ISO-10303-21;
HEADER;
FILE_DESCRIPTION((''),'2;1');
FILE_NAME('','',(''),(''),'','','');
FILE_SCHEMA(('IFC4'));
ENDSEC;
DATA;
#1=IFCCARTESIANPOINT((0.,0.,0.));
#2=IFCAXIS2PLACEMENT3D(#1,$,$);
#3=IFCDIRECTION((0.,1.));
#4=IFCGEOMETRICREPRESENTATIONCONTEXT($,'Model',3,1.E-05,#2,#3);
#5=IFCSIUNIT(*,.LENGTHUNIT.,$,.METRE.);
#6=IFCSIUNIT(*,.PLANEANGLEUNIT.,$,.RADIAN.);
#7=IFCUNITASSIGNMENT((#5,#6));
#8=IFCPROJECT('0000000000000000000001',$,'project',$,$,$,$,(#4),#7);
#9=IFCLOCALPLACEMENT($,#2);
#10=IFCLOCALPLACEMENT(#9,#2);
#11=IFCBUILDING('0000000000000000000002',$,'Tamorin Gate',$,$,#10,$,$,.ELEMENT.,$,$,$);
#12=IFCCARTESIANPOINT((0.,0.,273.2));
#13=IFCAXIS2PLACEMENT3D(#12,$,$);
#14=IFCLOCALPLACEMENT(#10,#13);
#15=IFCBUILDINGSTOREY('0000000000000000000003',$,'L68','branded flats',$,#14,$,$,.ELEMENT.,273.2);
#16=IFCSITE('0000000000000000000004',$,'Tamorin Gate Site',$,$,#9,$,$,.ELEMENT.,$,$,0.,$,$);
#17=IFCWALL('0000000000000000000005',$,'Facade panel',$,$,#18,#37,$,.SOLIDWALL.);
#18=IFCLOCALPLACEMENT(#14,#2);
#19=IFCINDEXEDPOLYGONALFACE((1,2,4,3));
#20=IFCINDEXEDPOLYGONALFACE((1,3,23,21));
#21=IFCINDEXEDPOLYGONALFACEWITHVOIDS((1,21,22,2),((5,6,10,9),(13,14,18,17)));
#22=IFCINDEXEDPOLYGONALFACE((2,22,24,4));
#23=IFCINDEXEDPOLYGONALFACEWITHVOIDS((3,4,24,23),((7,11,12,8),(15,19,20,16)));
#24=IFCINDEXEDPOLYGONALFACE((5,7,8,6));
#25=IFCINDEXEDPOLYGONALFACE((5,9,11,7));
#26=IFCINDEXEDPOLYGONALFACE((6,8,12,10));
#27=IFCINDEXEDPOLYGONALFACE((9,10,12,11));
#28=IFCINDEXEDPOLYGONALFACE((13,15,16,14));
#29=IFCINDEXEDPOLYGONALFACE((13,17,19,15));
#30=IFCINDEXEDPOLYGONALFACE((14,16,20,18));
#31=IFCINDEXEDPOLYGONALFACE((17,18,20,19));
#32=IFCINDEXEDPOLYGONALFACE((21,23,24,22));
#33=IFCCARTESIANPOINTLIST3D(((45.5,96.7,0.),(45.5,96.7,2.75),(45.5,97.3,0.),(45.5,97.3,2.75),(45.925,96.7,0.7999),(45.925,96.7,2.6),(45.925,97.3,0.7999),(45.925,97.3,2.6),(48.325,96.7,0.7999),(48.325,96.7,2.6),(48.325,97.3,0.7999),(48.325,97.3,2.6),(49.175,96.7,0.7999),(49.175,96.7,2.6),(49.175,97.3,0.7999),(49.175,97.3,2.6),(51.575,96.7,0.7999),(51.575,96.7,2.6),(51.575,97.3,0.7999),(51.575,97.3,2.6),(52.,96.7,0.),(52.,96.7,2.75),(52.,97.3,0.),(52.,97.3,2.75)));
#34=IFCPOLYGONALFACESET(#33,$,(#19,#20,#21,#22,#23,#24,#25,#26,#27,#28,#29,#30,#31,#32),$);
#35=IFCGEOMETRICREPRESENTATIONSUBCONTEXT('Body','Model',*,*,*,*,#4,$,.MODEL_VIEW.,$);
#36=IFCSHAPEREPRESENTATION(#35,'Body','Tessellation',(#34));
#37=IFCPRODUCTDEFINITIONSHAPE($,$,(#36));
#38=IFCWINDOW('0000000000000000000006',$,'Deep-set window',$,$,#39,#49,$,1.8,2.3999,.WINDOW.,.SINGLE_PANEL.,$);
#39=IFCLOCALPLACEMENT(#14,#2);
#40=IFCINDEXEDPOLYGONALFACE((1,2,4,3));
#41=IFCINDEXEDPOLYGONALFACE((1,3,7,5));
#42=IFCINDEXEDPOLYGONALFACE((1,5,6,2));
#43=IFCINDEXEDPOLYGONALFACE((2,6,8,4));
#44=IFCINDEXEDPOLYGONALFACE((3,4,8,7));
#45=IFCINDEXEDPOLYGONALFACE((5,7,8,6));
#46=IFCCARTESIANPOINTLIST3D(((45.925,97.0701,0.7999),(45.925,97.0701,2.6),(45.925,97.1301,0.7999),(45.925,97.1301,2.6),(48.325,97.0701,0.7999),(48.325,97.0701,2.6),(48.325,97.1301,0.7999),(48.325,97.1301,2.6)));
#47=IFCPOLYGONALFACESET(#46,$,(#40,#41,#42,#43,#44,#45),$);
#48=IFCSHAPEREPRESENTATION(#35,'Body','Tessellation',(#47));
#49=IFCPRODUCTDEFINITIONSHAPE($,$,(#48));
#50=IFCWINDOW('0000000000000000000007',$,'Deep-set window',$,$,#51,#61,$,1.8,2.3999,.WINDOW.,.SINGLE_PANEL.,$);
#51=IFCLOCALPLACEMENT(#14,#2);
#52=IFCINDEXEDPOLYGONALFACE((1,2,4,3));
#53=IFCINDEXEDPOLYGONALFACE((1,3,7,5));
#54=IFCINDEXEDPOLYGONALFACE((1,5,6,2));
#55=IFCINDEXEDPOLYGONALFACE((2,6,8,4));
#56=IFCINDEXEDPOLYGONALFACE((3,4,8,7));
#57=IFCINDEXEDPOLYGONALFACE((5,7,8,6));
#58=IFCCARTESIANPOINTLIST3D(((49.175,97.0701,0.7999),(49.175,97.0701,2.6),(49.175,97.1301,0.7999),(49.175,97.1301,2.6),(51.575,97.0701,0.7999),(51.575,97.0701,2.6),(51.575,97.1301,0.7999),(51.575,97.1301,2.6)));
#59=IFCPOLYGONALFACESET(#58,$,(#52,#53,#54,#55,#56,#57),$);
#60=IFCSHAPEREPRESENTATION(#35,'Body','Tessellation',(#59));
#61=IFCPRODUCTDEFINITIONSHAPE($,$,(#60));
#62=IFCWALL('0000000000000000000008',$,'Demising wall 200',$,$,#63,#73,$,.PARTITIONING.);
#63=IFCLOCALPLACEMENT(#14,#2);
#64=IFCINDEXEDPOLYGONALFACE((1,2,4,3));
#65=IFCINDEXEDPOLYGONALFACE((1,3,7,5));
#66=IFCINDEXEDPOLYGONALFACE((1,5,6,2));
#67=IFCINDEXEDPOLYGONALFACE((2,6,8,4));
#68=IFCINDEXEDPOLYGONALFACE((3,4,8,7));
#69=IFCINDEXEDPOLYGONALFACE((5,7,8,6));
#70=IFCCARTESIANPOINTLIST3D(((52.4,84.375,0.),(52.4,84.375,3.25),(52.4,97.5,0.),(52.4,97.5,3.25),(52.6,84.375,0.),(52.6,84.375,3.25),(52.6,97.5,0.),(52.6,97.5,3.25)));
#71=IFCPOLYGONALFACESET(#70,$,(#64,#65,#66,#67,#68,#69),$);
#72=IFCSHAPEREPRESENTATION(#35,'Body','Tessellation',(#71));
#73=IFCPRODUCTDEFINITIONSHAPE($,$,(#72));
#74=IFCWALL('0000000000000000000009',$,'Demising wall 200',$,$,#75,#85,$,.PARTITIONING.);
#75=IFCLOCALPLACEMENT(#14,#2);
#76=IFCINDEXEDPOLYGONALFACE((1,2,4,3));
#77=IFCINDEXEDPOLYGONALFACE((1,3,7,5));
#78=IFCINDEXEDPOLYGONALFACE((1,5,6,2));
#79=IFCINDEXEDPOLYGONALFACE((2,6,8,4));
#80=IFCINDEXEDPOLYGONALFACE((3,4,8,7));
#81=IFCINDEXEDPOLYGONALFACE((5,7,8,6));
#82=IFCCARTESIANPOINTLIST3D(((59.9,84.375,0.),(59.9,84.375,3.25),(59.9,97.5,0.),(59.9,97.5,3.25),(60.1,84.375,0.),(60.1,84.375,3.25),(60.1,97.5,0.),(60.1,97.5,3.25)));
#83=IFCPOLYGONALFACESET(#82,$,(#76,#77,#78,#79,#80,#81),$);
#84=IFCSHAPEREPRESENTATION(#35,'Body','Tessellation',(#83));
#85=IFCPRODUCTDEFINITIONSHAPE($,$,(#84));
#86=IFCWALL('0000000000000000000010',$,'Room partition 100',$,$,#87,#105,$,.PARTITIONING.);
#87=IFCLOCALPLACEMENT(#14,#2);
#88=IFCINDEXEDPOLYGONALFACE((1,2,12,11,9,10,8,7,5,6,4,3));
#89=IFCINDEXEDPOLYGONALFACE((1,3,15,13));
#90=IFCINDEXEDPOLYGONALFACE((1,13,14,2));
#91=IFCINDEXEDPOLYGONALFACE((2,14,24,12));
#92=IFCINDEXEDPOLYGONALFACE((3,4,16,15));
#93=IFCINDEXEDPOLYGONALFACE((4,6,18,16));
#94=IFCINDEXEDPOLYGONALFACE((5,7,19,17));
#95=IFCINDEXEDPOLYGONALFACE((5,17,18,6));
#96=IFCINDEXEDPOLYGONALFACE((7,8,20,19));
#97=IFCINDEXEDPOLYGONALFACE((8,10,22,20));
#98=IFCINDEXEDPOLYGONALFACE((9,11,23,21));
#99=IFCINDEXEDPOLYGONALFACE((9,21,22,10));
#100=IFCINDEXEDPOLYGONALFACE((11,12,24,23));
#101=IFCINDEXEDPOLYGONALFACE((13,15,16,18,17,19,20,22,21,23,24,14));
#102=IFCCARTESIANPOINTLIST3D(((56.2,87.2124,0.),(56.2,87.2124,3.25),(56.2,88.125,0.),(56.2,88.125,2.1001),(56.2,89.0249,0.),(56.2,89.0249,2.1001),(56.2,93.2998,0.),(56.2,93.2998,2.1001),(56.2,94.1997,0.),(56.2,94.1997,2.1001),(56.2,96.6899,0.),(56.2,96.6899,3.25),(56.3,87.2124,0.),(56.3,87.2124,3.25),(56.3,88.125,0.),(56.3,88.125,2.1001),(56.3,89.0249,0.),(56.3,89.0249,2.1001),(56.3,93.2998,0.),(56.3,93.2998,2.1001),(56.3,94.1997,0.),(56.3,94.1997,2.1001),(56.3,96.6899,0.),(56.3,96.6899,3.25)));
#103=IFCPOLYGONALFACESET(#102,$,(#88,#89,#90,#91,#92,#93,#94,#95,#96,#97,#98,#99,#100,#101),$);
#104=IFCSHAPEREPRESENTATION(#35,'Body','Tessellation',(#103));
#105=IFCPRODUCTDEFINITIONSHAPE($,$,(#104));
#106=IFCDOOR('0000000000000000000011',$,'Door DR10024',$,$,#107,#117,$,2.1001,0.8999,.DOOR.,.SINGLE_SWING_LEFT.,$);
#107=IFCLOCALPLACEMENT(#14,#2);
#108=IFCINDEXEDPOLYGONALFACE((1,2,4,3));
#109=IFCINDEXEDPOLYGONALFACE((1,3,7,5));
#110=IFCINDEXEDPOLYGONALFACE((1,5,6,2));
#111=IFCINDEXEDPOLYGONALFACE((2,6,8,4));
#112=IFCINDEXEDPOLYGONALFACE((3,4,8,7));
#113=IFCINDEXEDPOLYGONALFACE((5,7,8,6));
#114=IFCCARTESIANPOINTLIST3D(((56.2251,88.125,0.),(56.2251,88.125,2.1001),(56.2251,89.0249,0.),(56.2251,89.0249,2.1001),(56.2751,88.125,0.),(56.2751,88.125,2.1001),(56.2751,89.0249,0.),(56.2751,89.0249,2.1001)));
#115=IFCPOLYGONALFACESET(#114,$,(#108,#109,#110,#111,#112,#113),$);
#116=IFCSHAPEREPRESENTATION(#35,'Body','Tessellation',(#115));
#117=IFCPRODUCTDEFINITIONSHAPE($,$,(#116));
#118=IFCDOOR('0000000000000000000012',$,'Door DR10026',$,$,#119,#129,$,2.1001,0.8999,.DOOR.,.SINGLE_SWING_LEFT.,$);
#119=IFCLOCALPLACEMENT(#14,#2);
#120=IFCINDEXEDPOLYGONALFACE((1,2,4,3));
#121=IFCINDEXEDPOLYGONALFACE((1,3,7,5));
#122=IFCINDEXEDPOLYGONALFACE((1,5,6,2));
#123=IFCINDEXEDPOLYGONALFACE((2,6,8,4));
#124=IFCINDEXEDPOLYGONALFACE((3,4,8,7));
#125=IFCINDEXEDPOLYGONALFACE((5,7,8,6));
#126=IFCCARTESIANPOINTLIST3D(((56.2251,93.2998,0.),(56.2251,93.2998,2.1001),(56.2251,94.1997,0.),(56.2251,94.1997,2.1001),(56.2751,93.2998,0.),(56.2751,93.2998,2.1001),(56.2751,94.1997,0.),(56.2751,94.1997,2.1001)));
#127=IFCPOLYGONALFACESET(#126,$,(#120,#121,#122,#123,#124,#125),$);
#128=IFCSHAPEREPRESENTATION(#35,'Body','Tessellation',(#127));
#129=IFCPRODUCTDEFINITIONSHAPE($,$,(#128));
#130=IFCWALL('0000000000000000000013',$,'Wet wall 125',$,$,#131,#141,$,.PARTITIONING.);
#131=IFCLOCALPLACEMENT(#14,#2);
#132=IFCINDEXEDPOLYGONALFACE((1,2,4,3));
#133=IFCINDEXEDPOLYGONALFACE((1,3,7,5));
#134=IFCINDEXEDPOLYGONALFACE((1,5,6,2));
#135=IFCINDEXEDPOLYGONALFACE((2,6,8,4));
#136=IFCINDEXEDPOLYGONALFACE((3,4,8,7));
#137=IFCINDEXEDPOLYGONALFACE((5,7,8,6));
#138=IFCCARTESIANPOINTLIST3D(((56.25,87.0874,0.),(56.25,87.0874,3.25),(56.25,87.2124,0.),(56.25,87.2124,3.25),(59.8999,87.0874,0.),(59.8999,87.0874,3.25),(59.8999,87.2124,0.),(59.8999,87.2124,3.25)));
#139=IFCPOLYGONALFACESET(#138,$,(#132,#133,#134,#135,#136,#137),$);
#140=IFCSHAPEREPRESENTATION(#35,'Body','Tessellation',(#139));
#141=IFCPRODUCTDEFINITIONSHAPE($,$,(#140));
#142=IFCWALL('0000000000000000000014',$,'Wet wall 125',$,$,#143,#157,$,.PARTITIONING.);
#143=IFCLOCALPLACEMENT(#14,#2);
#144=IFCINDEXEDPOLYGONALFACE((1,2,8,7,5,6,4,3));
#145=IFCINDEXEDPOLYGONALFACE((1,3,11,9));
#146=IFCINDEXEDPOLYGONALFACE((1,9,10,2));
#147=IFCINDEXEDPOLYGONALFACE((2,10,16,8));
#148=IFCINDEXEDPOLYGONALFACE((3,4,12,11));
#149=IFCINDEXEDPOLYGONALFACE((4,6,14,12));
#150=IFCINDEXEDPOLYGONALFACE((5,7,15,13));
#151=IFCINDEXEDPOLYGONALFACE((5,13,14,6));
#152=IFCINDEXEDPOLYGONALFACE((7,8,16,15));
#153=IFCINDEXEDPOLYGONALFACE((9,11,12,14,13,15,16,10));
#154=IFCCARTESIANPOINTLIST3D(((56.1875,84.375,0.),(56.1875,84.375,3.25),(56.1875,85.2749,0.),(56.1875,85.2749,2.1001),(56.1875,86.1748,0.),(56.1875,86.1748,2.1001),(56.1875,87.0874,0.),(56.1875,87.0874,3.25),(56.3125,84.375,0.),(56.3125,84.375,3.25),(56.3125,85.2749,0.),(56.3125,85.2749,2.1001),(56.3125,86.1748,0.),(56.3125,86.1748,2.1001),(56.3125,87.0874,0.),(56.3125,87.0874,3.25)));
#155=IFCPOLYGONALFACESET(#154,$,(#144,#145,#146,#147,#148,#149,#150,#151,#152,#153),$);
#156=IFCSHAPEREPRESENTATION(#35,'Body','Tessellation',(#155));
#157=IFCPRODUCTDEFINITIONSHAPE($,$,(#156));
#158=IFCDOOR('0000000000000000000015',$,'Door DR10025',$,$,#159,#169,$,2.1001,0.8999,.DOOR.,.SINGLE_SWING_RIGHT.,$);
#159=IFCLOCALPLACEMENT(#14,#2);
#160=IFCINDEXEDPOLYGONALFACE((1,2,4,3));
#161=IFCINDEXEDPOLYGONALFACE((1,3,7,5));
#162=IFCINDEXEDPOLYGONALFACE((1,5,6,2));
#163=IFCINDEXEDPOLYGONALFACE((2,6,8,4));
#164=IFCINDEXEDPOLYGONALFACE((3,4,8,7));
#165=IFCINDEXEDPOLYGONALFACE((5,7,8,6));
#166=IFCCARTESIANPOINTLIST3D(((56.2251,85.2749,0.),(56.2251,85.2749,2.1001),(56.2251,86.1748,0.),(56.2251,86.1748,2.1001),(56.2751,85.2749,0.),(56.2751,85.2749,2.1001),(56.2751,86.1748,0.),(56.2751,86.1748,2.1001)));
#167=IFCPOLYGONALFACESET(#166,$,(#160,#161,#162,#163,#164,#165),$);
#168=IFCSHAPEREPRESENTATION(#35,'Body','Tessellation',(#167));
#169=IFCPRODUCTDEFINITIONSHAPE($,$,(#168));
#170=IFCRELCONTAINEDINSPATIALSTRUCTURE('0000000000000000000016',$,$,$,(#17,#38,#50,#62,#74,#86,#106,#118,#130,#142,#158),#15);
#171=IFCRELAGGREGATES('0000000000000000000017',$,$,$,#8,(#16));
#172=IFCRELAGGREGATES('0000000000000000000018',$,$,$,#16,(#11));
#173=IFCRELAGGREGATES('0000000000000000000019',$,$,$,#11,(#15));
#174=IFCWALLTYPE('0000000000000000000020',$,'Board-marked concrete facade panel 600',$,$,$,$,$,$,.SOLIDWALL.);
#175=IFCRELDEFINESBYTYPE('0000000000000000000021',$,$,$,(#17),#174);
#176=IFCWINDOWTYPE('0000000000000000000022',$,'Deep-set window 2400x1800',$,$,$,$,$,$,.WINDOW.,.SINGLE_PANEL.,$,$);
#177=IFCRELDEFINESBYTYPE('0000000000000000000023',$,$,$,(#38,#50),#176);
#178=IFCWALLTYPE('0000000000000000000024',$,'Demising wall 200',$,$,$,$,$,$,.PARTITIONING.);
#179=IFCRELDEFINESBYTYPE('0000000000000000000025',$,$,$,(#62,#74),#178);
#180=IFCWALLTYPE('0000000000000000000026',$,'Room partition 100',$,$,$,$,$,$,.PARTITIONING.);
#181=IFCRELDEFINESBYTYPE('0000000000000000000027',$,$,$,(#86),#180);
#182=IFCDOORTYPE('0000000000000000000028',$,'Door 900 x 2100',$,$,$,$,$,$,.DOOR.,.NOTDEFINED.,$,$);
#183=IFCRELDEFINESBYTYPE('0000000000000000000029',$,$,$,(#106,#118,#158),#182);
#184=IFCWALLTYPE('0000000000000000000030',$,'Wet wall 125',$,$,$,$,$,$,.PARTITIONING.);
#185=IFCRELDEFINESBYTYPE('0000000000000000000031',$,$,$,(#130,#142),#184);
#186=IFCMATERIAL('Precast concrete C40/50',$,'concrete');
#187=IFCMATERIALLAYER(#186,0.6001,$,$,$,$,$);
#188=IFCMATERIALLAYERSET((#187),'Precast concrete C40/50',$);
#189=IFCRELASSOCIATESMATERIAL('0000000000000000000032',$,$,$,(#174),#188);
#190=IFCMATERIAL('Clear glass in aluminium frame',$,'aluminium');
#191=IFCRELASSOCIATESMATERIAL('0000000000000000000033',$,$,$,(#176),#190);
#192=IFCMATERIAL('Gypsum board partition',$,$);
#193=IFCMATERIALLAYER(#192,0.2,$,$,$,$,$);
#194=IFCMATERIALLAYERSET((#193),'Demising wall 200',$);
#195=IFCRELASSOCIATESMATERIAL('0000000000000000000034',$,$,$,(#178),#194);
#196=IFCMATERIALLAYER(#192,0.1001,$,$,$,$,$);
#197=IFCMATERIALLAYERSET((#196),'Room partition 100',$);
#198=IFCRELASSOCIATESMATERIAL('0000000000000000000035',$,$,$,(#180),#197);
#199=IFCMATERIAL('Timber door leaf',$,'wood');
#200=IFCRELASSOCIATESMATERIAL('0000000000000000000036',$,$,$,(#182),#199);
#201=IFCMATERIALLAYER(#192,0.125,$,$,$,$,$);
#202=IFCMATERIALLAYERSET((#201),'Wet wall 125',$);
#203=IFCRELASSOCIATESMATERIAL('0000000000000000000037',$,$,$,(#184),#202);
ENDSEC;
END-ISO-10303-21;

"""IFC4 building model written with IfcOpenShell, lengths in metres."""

from ifc_helpers import new_model, si_unit, direction, frame, frame_2d, origin, place, context, subcontext, project, spatial, rectangle, extrude, material, layer, layer_set, type_object, element, fill, save


model = new_model("IFC4")

# Units and contexts
model_context = context("Model", 3, precision=1e-05, world=origin(), true_north=direction((0.0, 1.0)))
body_context = subcontext(model_context, "Body", "Model", "MODEL_VIEW")
ifc_project = project(units=[si_unit("LENGTHUNIT", "METRE"), si_unit("PLANEANGLEUNIT", "RADIAN")], contexts=[model_context])

# Site, building, storey
site_placement = place(None, origin())
site = spatial("IfcSite", under=ifc_project, at=site_placement, Name="Tamorin Gate Site", CompositionType="ELEMENT", RefElevation=0.0)
building_placement = place(site_placement, origin())
building = spatial("IfcBuilding", under=site, at=building_placement, Name="Tamorin Gate", CompositionType="ELEMENT")
storey_placement = place(building_placement, frame((0.0, 0.0, 273.2)))
storey = spatial("IfcBuildingStorey", under=building, at=storey_placement, Name="L68", Description="branded flats", CompositionType="ELEMENT", Elevation=273.2)

# Wall, openings, windows
ifc_material_1 = material(Name="Precast concrete C40/50", Category="concrete")
ifc_layer_1 = layer(ifc_material_1, 0.6001)
ifc_layer_set_1 = layer_set([ifc_layer_1], Name="Precast concrete C40/50")
wall_type_1 = type_object("IfcWallType", Name="Board-marked concrete facade panel 600", PredefinedType="SOLIDWALL", material=ifc_layer_set_1)
ifc_material_2 = material(Name="Clear glass in aluminium frame", Category="aluminium")
window_type = type_object("IfcWindowType", Name="Deep-set window 2400x1800", PartitioningType="SINGLE_PANEL", PredefinedType="WINDOW", material=ifc_material_2)
wall_1_placement = place(storey_placement, frame((52.0, 97.0, 0.0), z_axis=(0.0, 0.0, 1.0), x_axis=(-1.0, 0.0, 0.0)))
wall_1 = element("IfcWall", 1, at=wall_1_placement, inside=storey, type_object=wall_type_1, Name="Facade panel", PredefinedType="SOLIDWALL", context=body_context, shape_type="SweptSolid", body=[
    extrude(rectangle(XDim=6.5, YDim=0.6001, at=frame_2d((3.25, 0.0))), origin(), (0.0, 0.0, 1.0), 2.75),
])
opening_1_placement = place(wall_1_placement, frame((3.675, 0.0, 0.8)))
opening_1 = element("IfcOpeningElement", 2, at=opening_1_placement, cuts=wall_1, PredefinedType="OPENING", context=body_context, shape_type="SweptSolid", body=[
    extrude(rectangle(XDim=2.3999, YDim=1.8, at=frame_2d((1.2, 0.8999))), frame((0.0, 0.3101, 0.0), z_axis=(0.0, -1.0, 0.0), x_axis=(1.0, 0.0, 0.0)), (0.0, 0.0, 1.0), 0.6201),
])
opening_2_placement = place(wall_1_placement, frame((0.425, 0.0, 0.8)))
opening_2 = element("IfcOpeningElement", 3, at=opening_2_placement, cuts=wall_1, PredefinedType="OPENING", context=body_context, shape_type="SweptSolid", body=[
    extrude(rectangle(XDim=2.3999, YDim=1.8, at=frame_2d((1.2, 0.8999))), frame((0.0, 0.3101, 0.0), z_axis=(0.0, -1.0, 0.0), x_axis=(1.0, 0.0, 0.0)), (0.0, 0.0, 1.0), 0.6201),
])
window_1_placement = place(opening_1_placement, origin())
window_1 = element("IfcWindow", 4, at=window_1_placement, inside=storey, type_object=window_type, Name="Deep-set window", OverallHeight=1.8, OverallWidth=2.3999, PartitioningType="SINGLE_PANEL", PredefinedType="WINDOW", context=body_context, shape_type="SweptSolid", body=[
    extrude(rectangle(XDim=2.3999, YDim=1.8, at=frame_2d((1.2, 0.8999))), frame((0.0, -0.0701, 0.0), z_axis=(0.0, -1.0, 0.0), x_axis=(1.0, 0.0, 0.0)), (0.0, 0.0, 1.0), 0.0601),
])
fill(opening_1, window_1)
window_2_placement = place(opening_2_placement, origin())
window_2 = element("IfcWindow", 5, at=window_2_placement, inside=storey, type_object=window_type, Name="Deep-set window", OverallHeight=1.8, OverallWidth=2.3999, PartitioningType="SINGLE_PANEL", PredefinedType="WINDOW", context=body_context, shape_type="SweptSolid", body=[
    extrude(rectangle(XDim=2.3999, YDim=1.8, at=frame_2d((1.2, 0.8999))), frame((0.0, -0.0701, 0.0), z_axis=(0.0, -1.0, 0.0), x_axis=(1.0, 0.0, 0.0)), (0.0, 0.0, 1.0), 0.0601),
])
fill(opening_2, window_2)

# Walls
ifc_material_3 = material(Name="Gypsum board partition")
ifc_layer_2 = layer(ifc_material_3, 0.2)
ifc_layer_set_2 = layer_set([ifc_layer_2], Name="Demising wall 200")
wall_type_2 = type_object("IfcWallType", Name="Demising wall 200", PredefinedType="PARTITIONING", material=ifc_layer_set_2)
for number, where, z_axis, x_axis, name in (
    (6, (52.5, 84.375, 0.0), (0.0, 0.0, 1.0), (0.0, 1.0, 0.0), "Demising wall 200"),
    (7, (60.0, 84.375, 0.0), (0.0, 0.0, 1.0), (0.0, 1.0, 0.0), "Demising wall 200"),
):
    element("IfcWall", number, at=place(storey_placement, frame(where, z_axis=z_axis, x_axis=x_axis)), inside=storey, type_object=wall_type_2, Name=name, PredefinedType="PARTITIONING", context=body_context, shape_type="SweptSolid", body=[
        extrude(rectangle(XDim=13.125, YDim=0.2, at=frame_2d((6.5625, 0.0))), origin(), (0.0, 0.0, 1.0), 3.25),
    ])

# Wall, openings, doors
ifc_layer_3 = layer(ifc_material_3, 0.1001)
ifc_layer_set_3 = layer_set([ifc_layer_3], Name="Room partition 100")
wall_type_3 = type_object("IfcWallType", Name="Room partition 100", PredefinedType="PARTITIONING", material=ifc_layer_set_3)
wall_2_placement = place(storey_placement, frame((56.25, 87.2124, 0.0), z_axis=(0.0, 0.0, 1.0), x_axis=(0.0, 1.0, 0.0)))
wall_2 = element("IfcWall", 8, at=wall_2_placement, inside=storey, type_object=wall_type_3, Name="Room partition 100", PredefinedType="PARTITIONING", context=body_context, shape_type="SweptSolid", body=[
    extrude(rectangle(XDim=9.4775, YDim=0.1001, at=frame_2d((4.7388, 0.0))), origin(), (0.0, 0.0, 1.0), 3.25),
])
opening_3_placement = place(wall_2_placement, frame((0.9126, 0.0, 0.0)))
opening_3 = element("IfcOpeningElement", 9, at=opening_3_placement, cuts=wall_2, PredefinedType="OPENING", context=body_context, shape_type="SweptSolid", body=[
    extrude(rectangle(XDim=0.8999, YDim=2.1001, at=frame_2d((0.45, 1.05))), frame((0.0, 0.0601, 0.0), z_axis=(0.0, -1.0, 0.0), x_axis=(1.0, 0.0, 0.0)), (0.0, 0.0, 1.0), 0.1201),
])
opening_4_placement = place(wall_2_placement, frame((6.0874, 0.0, 0.0)))
opening_4 = element("IfcOpeningElement", 10, at=opening_4_placement, cuts=wall_2, PredefinedType="OPENING", context=body_context, shape_type="SweptSolid", body=[
    extrude(rectangle(XDim=0.8999, YDim=2.1001, at=frame_2d((0.45, 1.05))), frame((0.0, 0.0601, 0.0), z_axis=(0.0, -1.0, 0.0), x_axis=(1.0, 0.0, 0.0)), (0.0, 0.0, 1.0), 0.1201),
])
ifc_material_4 = material(Name="Timber door leaf", Category="wood")
door_type = type_object("IfcDoorType", Name="Door 900 x 2100", OperationType="NOTDEFINED", PredefinedType="DOOR", material=ifc_material_4)
door_1_placement = place(opening_3_placement, origin())
door_1 = element("IfcDoor", 11, at=door_1_placement, inside=storey, type_object=door_type, Name="Door DR10024", OperationType="SINGLE_SWING_LEFT", OverallHeight=2.1001, OverallWidth=0.8999, PredefinedType="DOOR", context=body_context, shape_type="SweptSolid", body=[
    extrude(rectangle(XDim=0.8999, YDim=2.1001, at=frame_2d((0.45, 1.05))), frame((0.0, 0.0249, 0.0), z_axis=(0.0, -1.0, 0.0), x_axis=(1.0, 0.0, 0.0)), (0.0, 0.0, 1.0), 0.05),
])
fill(opening_3, door_1)
door_2_placement = place(opening_4_placement, origin())
door_2 = element("IfcDoor", 12, at=door_2_placement, inside=storey, type_object=door_type, Name="Door DR10026", OperationType="SINGLE_SWING_LEFT", OverallHeight=2.1001, OverallWidth=0.8999, PredefinedType="DOOR", context=body_context, shape_type="SweptSolid", body=[
    extrude(rectangle(XDim=0.8999, YDim=2.1001, at=frame_2d((0.45, 1.05))), frame((0.0, 0.0249, 0.0), z_axis=(0.0, -1.0, 0.0), x_axis=(1.0, 0.0, 0.0)), (0.0, 0.0, 1.0), 0.05),
])
fill(opening_4, door_2)

# Wall
ifc_layer_4 = layer(ifc_material_3, 0.125)
ifc_layer_set_4 = layer_set([ifc_layer_4], Name="Wet wall 125")
wall_type_4 = type_object("IfcWallType", Name="Wet wall 125", PredefinedType="PARTITIONING", material=ifc_layer_set_4)
wall_3_placement = place(storey_placement, frame((56.25, 87.1499, 0.0), z_axis=(0.0, 0.0, 1.0), x_axis=(1.0, 0.0, 0.0)))
element("IfcWall", 13, at=wall_3_placement, inside=storey, type_object=wall_type_4, Name="Wet wall 125", PredefinedType="PARTITIONING", context=body_context, shape_type="SweptSolid", body=[
    extrude(rectangle(XDim=3.6499, YDim=0.125, at=frame_2d((1.825, 0.0))), origin(), (0.0, 0.0, 1.0), 3.25),
])

# Wall, opening, door
wall_4_placement = place(storey_placement, frame((56.25, 84.375, 0.0), z_axis=(0.0, 0.0, 1.0), x_axis=(0.0, 1.0, 0.0)))
wall_4 = element("IfcWall", 14, at=wall_4_placement, inside=storey, type_object=wall_type_4, Name="Wet wall 125", PredefinedType="PARTITIONING", context=body_context, shape_type="SweptSolid", body=[
    extrude(rectangle(XDim=2.7124, YDim=0.125, at=frame_2d((1.3562, 0.0))), origin(), (0.0, 0.0, 1.0), 3.25),
])
opening_5_placement = place(wall_4_placement, frame((0.8999, 0.0, 0.0)))
opening_5 = element("IfcOpeningElement", 15, at=opening_5_placement, cuts=wall_4, PredefinedType="OPENING", context=body_context, shape_type="SweptSolid", body=[
    extrude(rectangle(XDim=0.8999, YDim=2.1001, at=frame_2d((0.45, 1.05))), frame((0.0, 0.0725, 0.0), z_axis=(0.0, -1.0, 0.0), x_axis=(1.0, 0.0, 0.0)), (0.0, 0.0, 1.0), 0.145),
])
door_3_placement = place(opening_5_placement, origin())
door_3 = element("IfcDoor", 16, at=door_3_placement, inside=storey, type_object=door_type, Name="Door DR10025", OperationType="SINGLE_SWING_RIGHT", OverallHeight=2.1001, OverallWidth=0.8999, PredefinedType="DOOR", context=body_context, shape_type="SweptSolid", body=[
    extrude(rectangle(XDim=0.8999, YDim=2.1001, at=frame_2d((0.45, 1.05))), frame((0.0, 0.0249, 0.0), z_axis=(0.0, -1.0, 0.0), x_axis=(1.0, 0.0, 0.0)), (0.0, 0.0, 1.0), 0.05),
])
fill(opening_5, door_3)

save(model, "model.ifc")
